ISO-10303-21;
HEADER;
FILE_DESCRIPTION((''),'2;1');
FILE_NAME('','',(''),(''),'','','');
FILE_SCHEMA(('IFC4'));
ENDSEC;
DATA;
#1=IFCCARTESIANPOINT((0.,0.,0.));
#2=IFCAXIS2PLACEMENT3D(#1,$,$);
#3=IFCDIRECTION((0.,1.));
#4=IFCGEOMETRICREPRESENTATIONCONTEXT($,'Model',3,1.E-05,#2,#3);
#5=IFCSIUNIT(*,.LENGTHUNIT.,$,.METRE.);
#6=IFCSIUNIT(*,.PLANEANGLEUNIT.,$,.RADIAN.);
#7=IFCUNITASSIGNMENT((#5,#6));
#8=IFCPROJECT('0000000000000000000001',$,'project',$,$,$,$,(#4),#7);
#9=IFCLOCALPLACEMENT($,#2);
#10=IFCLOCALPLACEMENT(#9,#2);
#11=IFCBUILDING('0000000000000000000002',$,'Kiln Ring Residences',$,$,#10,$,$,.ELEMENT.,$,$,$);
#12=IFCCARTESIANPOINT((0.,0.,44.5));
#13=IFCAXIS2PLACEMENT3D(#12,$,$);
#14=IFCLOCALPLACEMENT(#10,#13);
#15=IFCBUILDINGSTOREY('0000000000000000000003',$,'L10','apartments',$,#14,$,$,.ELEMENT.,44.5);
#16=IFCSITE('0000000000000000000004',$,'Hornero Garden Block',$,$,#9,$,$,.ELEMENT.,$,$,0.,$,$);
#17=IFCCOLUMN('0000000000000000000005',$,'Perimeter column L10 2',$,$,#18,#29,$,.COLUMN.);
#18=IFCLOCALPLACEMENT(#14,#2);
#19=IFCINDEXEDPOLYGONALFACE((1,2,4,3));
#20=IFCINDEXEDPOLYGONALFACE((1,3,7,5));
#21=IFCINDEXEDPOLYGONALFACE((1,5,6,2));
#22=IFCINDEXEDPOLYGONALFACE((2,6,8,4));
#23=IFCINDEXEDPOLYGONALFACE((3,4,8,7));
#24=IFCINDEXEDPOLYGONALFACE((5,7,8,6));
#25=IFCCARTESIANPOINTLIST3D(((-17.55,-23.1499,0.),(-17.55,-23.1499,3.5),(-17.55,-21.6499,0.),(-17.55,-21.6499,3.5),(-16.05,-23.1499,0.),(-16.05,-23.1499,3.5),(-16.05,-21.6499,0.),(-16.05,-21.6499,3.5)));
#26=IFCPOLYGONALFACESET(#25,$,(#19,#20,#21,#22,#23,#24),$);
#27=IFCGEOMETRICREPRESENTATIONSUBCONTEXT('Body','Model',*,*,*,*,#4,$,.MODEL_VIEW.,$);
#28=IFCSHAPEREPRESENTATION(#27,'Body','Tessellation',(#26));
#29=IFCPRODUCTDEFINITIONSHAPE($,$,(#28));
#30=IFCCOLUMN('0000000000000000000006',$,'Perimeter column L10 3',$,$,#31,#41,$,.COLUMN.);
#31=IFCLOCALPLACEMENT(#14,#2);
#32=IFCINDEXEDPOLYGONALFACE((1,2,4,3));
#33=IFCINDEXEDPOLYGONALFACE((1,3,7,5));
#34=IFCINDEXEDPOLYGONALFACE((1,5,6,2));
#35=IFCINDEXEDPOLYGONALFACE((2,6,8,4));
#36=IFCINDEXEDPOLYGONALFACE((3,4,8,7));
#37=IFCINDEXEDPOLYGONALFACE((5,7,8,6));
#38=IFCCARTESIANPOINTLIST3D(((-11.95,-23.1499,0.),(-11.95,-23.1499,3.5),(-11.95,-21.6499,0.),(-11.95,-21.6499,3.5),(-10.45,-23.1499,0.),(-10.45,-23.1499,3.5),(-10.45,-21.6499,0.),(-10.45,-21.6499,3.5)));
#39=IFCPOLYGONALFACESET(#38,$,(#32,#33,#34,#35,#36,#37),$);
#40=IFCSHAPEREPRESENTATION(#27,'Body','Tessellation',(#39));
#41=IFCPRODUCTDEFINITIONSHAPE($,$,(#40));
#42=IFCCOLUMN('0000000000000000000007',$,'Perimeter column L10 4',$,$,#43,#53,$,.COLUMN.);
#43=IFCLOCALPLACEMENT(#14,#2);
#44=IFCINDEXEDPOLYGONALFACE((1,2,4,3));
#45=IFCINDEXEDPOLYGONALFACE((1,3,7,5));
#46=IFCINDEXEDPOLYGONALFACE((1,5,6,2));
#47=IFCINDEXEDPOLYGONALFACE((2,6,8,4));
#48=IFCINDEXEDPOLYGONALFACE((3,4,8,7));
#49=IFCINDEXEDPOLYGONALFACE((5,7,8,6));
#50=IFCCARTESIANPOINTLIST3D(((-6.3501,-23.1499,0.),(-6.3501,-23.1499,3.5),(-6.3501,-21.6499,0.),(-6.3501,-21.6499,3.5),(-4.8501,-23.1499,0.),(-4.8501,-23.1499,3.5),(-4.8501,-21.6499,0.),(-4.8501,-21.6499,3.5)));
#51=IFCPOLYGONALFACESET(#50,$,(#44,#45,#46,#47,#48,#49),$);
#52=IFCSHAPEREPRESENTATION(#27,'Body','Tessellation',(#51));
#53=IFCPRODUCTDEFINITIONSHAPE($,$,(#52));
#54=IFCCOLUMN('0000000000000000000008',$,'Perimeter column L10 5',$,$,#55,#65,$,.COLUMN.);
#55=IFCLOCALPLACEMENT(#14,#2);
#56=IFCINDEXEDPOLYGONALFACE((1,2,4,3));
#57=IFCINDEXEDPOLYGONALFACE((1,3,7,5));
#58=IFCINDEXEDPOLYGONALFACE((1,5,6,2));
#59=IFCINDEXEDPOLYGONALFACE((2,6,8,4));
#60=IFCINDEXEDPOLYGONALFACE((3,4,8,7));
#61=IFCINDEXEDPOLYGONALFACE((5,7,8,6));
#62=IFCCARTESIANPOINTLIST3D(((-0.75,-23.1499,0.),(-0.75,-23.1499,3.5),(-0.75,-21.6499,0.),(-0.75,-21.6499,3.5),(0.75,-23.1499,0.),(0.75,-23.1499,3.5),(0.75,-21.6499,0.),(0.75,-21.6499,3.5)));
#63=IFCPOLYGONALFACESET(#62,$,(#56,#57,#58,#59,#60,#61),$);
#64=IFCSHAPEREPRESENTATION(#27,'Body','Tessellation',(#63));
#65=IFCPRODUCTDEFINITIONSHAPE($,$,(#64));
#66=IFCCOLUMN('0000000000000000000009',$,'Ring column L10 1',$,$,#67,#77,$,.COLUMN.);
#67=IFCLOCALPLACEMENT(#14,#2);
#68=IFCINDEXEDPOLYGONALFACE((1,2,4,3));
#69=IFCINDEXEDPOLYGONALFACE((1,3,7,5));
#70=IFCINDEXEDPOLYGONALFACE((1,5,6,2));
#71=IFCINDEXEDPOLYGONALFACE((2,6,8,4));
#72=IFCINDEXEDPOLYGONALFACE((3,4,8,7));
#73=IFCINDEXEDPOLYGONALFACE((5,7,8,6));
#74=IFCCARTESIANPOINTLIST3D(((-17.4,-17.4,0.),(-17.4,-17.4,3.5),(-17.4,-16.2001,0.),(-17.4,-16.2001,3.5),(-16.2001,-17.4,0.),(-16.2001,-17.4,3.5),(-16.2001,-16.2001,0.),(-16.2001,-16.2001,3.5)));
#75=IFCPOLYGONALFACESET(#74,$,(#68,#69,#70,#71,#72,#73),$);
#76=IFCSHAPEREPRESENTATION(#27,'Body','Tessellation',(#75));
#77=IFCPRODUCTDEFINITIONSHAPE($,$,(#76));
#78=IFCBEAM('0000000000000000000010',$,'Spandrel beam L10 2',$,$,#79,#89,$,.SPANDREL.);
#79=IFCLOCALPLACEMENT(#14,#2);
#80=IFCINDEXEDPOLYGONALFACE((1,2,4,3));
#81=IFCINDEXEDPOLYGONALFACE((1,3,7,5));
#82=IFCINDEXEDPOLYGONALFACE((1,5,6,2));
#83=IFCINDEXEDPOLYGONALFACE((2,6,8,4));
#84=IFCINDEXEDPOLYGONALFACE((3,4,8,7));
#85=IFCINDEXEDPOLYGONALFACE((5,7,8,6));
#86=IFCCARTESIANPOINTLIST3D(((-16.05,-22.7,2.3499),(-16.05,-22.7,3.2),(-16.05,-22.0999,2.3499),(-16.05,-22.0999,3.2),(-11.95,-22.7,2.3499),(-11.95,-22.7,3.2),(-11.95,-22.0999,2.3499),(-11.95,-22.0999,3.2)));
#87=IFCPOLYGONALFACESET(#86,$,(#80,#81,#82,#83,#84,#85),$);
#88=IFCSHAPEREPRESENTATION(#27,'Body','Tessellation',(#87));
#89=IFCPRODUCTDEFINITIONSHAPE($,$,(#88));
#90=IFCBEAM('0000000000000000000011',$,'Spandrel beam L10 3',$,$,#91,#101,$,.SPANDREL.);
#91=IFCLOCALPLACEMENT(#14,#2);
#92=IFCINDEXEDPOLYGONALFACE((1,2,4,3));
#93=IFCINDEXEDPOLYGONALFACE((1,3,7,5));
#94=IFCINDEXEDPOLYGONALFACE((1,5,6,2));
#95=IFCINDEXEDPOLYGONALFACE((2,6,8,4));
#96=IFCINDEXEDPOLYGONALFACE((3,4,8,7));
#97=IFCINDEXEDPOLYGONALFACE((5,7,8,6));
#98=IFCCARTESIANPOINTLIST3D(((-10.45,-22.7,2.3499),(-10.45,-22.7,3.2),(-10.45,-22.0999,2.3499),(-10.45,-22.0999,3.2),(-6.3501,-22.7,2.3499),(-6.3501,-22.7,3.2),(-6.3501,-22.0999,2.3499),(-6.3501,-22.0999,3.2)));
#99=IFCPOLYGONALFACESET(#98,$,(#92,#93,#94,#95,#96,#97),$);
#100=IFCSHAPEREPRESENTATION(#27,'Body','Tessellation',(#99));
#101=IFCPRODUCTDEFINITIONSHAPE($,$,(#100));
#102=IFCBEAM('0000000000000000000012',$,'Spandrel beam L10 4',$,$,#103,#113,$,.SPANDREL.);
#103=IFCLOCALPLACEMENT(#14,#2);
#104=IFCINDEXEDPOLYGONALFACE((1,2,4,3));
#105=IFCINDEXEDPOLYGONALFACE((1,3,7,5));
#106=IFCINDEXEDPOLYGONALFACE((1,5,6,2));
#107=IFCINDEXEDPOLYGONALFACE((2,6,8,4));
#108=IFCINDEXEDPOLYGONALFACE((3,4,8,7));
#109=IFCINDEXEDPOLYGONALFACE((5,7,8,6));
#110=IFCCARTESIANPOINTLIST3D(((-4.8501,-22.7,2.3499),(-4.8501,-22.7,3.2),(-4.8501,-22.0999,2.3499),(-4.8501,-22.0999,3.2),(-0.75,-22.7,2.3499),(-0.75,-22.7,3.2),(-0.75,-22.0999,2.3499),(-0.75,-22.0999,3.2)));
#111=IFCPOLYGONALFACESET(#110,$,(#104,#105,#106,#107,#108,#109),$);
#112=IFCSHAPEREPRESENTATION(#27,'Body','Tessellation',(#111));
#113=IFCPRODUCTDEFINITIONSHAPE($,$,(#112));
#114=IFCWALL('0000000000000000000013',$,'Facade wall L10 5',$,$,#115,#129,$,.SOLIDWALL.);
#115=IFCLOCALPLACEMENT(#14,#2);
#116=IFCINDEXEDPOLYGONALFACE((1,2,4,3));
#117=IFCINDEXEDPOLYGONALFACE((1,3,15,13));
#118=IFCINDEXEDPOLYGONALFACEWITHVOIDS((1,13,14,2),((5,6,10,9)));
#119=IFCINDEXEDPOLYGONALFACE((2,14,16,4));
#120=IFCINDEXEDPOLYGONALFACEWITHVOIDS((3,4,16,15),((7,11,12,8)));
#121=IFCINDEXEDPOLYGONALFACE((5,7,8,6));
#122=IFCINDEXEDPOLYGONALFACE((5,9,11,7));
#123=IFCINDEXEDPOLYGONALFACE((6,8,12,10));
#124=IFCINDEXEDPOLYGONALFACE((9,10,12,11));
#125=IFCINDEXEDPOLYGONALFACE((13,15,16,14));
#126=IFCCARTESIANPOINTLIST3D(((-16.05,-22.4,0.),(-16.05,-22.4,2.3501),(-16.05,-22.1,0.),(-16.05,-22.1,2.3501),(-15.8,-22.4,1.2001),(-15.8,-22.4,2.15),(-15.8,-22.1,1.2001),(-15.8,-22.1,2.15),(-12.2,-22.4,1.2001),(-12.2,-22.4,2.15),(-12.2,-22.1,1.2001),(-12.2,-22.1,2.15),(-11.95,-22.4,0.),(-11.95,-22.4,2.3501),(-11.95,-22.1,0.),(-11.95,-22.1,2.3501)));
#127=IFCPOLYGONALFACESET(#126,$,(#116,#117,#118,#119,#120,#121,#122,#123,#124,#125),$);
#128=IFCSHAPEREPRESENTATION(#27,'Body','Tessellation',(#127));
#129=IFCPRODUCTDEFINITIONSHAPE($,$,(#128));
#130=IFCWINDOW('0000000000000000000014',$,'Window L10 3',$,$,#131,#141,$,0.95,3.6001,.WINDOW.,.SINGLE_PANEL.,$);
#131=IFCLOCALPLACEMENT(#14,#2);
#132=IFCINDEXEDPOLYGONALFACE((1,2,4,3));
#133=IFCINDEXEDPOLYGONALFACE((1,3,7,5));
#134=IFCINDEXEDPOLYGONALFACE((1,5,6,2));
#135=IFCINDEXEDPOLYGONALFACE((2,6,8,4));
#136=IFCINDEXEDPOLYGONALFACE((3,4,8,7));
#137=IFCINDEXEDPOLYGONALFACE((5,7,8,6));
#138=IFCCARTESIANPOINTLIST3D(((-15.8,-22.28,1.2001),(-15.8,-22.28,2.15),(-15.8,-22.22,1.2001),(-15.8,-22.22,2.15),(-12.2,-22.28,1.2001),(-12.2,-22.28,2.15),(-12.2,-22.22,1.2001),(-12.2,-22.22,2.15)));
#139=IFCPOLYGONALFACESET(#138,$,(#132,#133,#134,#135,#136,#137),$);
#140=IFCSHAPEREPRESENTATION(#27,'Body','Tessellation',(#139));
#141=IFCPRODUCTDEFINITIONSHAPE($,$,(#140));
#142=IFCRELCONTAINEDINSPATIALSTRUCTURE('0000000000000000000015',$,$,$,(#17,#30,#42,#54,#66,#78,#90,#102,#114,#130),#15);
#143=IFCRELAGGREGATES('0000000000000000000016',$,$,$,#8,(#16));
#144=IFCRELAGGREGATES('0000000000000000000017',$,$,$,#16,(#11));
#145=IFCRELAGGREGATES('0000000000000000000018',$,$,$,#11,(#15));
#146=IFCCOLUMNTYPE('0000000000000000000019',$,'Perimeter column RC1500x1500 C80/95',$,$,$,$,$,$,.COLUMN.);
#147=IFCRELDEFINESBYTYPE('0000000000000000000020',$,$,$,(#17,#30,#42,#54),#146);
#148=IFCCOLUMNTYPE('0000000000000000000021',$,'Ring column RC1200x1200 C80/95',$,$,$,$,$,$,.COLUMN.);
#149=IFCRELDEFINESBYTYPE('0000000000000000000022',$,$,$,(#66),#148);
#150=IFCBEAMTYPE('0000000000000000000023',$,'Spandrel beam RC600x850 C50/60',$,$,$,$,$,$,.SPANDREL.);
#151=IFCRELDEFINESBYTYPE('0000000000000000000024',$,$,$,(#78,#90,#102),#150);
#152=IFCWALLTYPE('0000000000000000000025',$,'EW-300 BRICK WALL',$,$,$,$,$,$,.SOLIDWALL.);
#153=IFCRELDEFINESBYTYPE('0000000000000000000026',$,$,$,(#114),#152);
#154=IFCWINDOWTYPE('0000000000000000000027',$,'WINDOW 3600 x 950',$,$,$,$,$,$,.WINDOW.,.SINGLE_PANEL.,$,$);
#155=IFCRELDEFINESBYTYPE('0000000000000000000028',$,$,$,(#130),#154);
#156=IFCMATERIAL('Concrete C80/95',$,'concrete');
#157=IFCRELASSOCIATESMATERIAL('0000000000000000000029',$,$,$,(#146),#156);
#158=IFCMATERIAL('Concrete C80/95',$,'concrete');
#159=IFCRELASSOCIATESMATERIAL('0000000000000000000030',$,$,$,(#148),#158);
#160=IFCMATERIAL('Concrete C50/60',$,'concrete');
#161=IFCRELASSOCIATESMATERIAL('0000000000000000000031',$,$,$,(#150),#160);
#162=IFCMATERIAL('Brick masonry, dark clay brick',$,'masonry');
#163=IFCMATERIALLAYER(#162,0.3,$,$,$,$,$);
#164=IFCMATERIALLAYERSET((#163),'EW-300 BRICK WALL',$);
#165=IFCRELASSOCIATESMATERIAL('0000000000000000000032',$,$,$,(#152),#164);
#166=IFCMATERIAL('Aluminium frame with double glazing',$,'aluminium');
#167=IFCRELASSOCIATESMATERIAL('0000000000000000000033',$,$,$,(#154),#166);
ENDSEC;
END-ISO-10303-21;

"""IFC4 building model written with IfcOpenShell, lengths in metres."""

from ifc_helpers import new_model, si_unit, direction, frame, frame_2d, origin, origin_2d, place, context, subcontext, project, spatial, rectangle, extrude, material, layer, layer_set, material_profile, profile_set, type_object, element, fill, save


model = new_model("IFC4")

# Units and contexts
model_context = context("Model", 3, precision=1e-05, world=origin(), true_north=direction((0.0, 1.0)))
body_context = subcontext(model_context, "Body", "Model", "MODEL_VIEW")
ifc_project = project(units=[si_unit("LENGTHUNIT", "METRE"), si_unit("PLANEANGLEUNIT", "RADIAN")], contexts=[model_context])

# Site, building, storey
site_placement = place(None, origin())
site = spatial("IfcSite", under=ifc_project, at=site_placement, Name="Hornero Garden Block", CompositionType="ELEMENT", RefElevation=0.0)
building_placement = place(site_placement, origin())
building = spatial("IfcBuilding", under=site, at=building_placement, Name="Kiln Ring Residences", CompositionType="ELEMENT")
storey_placement = place(building_placement, frame((0.0, 0.0, 44.5)))
storey = spatial("IfcBuildingStorey", under=building, at=storey_placement, Name="L10", Description="apartments", CompositionType="ELEMENT", Elevation=44.5)

# Columns
ifc_material_1 = material(Name="Concrete C80/95", Category="concrete")
ifc_material_profile_1 = material_profile(ifc_material_1, rectangle(XDim=1.5, YDim=1.5, at=origin_2d()), Name="RC1500x1500")
ifc_profile_set_1 = profile_set([ifc_material_profile_1], Name="Concrete C80/95")
column_type_1 = type_object("IfcColumnType", Name="Perimeter column RC1500x1500 C80/95", PredefinedType="COLUMN", material=ifc_profile_set_1)
for number, where, z_axis, x_axis, name in (
    (1, (-16.8, -22.3999, 0.0), (0.0, 0.0, 1.0), (1.0, 0.0, 0.0), "Perimeter column L10 2"),
    (2, (-11.2, -22.3999, 0.0), (0.0, 0.0, 1.0), (1.0, 0.0, 0.0), "Perimeter column L10 3"),
    (3, (-5.6001, -22.3999, 0.0), (0.0, 0.0, 1.0), (1.0, 0.0, 0.0), "Perimeter column L10 4"),
    (4, (0.0, -22.3999, 0.0), (0.0, 0.0, 1.0), (1.0, 0.0, 0.0), "Perimeter column L10 5"),
):
    element("IfcColumn", number, at=place(storey_placement, frame(where, z_axis=z_axis, x_axis=x_axis)), inside=storey, type_object=column_type_1, Name=name, PredefinedType="COLUMN", context=body_context, shape_type="SweptSolid", body=[
        extrude(rectangle(XDim=1.5, YDim=1.5, at=origin_2d()), origin(), (0.0, 0.0, 1.0), 3.5),
    ])
ifc_material_2 = material(Name="Concrete C80/95", Category="concrete")
ifc_material_profile_2 = material_profile(ifc_material_2, rectangle(XDim=1.2, YDim=1.2, at=origin_2d()), Name="RC1200x1200")
ifc_profile_set_2 = profile_set([ifc_material_profile_2], Name="Concrete C80/95")
column_type_2 = type_object("IfcColumnType", Name="Ring column RC1200x1200 C80/95", PredefinedType="COLUMN", material=ifc_profile_set_2)
column_placement = place(storey_placement, frame((-16.8, -16.8, 0.0), z_axis=(0.0, 0.0, 1.0), x_axis=(1.0, 0.0, 0.0)))
element("IfcColumn", 5, at=column_placement, inside=storey, type_object=column_type_2, Name="Ring column L10 1", PredefinedType="COLUMN", context=body_context, shape_type="SweptSolid", body=[
    extrude(rectangle(XDim=1.2, YDim=1.2, at=origin_2d()), origin(), (0.0, 0.0, 1.0), 3.5),
])

# Beams
ifc_material_3 = material(Name="Concrete C50/60", Category="concrete")
ifc_material_profile_3 = material_profile(ifc_material_3, rectangle(XDim=0.6001, YDim=0.8501, at=origin_2d()), Name="RC600x850")
ifc_profile_set_3 = profile_set([ifc_material_profile_3], Name="Concrete C50/60")
beam_type = type_object("IfcBeamType", Name="Spandrel beam RC600x850 C50/60", PredefinedType="SPANDREL", material=ifc_profile_set_3)
beam_1_placement = place(storey_placement, frame((-16.05, -22.3999, 2.7749), z_axis=(1.0, 0.0, 0.0), x_axis=(0.0, 1.0, 0.0)))
element("IfcBeam", 6, at=beam_1_placement, inside=storey, type_object=beam_type, Name="Spandrel beam L10 2", PredefinedType="SPANDREL", context=body_context, shape_type="SweptSolid", body=[
    extrude(rectangle(XDim=0.6001, YDim=0.8501, at=origin_2d()), origin(), (0.0, 0.0, 1.0), 4.1001),
])
beam_2_placement = place(storey_placement, frame((-10.45, -22.3999, 2.7749), z_axis=(1.0, 0.0, 0.0), x_axis=(0.0, 1.0, 0.0)))
element("IfcBeam", 7, at=beam_2_placement, inside=storey, type_object=beam_type, Name="Spandrel beam L10 3", PredefinedType="SPANDREL", context=body_context, shape_type="SweptSolid", body=[
    extrude(rectangle(XDim=0.6001, YDim=0.8501, at=origin_2d()), origin(), (0.0, 0.0, 1.0), 4.0999),
])
beam_3_placement = place(storey_placement, frame((-4.8501, -22.3999, 2.7749), z_axis=(1.0, 0.0, 0.0), x_axis=(0.0, 1.0, 0.0)))
element("IfcBeam", 8, at=beam_3_placement, inside=storey, type_object=beam_type, Name="Spandrel beam L10 4", PredefinedType="SPANDREL", context=body_context, shape_type="SweptSolid", body=[
    extrude(rectangle(XDim=0.6001, YDim=0.8501, at=origin_2d()), origin(), (0.0, 0.0, 1.0), 4.1001),
])

# Wall, opening, window
ifc_material_4 = material(Name="Brick masonry, dark clay brick", Category="masonry")
ifc_layer_1 = layer(ifc_material_4, 0.3)
ifc_layer_set_1 = layer_set([ifc_layer_1], Name="EW-300 BRICK WALL")
wall_type_1 = type_object("IfcWallType", Name="EW-300 BRICK WALL", PredefinedType="SOLIDWALL", material=ifc_layer_set_1)
wall_1_placement = place(storey_placement, frame((-16.05, -22.25, 0.0), z_axis=(0.0, 0.0, 1.0), x_axis=(1.0, 0.0, 0.0)))
wall_1 = element("IfcWall", 9, at=wall_1_placement, inside=storey, type_object=wall_type_1, Name="Facade wall L10 5", PredefinedType="SOLIDWALL", context=body_context, shape_type="SweptSolid", body=[
    extrude(rectangle(XDim=4.1001, YDim=0.3, at=frame_2d((2.05, 0.0))), origin(), (0.0, 0.0, 1.0), 2.3501),
])
opening_1_placement = place(wall_1_placement, frame((0.25, 0.0, 1.2)))
opening_1 = element("IfcOpeningElement", 10, at=opening_1_placement, cuts=wall_1, PredefinedType="OPENING", context=body_context, shape_type="SweptSolid", body=[
    extrude(rectangle(XDim=3.6001, YDim=0.95, at=frame_2d((1.8, 0.4751))), frame((0.0, 0.1599, 0.0), z_axis=(0.0, -1.0, 0.0), x_axis=(1.0, 0.0, 0.0)), (0.0, 0.0, 1.0), 0.3201),
])
ifc_material_5 = material(Name="Aluminium frame with double glazing", Category="aluminium")
window_type_1 = type_object("IfcWindowType", Name="WINDOW 3600 x 950", PartitioningType="SINGLE_PANEL", PredefinedType="WINDOW", material=ifc_material_5)
window_1_placement = place(opening_1_placement, origin())
window_1 = element("IfcWindow", 11, at=window_1_placement, inside=storey, type_object=window_type_1, Name="Window L10 3", OverallHeight=0.95, OverallWidth=3.6001, PartitioningType="SINGLE_PANEL", PredefinedType="WINDOW", context=body_context, shape_type="SweptSolid", body=[
    extrude(rectangle(XDim=3.6001, YDim=0.95, at=frame_2d((1.8, 0.4751))), frame((0.0, 0.03, 0.0), z_axis=(0.0, -1.0, 0.0), x_axis=(1.0, 0.0, 0.0)), (0.0, 0.0, 1.0), 0.0601),
])
fill(opening_1, window_1)

save(model, "model.ifc")
